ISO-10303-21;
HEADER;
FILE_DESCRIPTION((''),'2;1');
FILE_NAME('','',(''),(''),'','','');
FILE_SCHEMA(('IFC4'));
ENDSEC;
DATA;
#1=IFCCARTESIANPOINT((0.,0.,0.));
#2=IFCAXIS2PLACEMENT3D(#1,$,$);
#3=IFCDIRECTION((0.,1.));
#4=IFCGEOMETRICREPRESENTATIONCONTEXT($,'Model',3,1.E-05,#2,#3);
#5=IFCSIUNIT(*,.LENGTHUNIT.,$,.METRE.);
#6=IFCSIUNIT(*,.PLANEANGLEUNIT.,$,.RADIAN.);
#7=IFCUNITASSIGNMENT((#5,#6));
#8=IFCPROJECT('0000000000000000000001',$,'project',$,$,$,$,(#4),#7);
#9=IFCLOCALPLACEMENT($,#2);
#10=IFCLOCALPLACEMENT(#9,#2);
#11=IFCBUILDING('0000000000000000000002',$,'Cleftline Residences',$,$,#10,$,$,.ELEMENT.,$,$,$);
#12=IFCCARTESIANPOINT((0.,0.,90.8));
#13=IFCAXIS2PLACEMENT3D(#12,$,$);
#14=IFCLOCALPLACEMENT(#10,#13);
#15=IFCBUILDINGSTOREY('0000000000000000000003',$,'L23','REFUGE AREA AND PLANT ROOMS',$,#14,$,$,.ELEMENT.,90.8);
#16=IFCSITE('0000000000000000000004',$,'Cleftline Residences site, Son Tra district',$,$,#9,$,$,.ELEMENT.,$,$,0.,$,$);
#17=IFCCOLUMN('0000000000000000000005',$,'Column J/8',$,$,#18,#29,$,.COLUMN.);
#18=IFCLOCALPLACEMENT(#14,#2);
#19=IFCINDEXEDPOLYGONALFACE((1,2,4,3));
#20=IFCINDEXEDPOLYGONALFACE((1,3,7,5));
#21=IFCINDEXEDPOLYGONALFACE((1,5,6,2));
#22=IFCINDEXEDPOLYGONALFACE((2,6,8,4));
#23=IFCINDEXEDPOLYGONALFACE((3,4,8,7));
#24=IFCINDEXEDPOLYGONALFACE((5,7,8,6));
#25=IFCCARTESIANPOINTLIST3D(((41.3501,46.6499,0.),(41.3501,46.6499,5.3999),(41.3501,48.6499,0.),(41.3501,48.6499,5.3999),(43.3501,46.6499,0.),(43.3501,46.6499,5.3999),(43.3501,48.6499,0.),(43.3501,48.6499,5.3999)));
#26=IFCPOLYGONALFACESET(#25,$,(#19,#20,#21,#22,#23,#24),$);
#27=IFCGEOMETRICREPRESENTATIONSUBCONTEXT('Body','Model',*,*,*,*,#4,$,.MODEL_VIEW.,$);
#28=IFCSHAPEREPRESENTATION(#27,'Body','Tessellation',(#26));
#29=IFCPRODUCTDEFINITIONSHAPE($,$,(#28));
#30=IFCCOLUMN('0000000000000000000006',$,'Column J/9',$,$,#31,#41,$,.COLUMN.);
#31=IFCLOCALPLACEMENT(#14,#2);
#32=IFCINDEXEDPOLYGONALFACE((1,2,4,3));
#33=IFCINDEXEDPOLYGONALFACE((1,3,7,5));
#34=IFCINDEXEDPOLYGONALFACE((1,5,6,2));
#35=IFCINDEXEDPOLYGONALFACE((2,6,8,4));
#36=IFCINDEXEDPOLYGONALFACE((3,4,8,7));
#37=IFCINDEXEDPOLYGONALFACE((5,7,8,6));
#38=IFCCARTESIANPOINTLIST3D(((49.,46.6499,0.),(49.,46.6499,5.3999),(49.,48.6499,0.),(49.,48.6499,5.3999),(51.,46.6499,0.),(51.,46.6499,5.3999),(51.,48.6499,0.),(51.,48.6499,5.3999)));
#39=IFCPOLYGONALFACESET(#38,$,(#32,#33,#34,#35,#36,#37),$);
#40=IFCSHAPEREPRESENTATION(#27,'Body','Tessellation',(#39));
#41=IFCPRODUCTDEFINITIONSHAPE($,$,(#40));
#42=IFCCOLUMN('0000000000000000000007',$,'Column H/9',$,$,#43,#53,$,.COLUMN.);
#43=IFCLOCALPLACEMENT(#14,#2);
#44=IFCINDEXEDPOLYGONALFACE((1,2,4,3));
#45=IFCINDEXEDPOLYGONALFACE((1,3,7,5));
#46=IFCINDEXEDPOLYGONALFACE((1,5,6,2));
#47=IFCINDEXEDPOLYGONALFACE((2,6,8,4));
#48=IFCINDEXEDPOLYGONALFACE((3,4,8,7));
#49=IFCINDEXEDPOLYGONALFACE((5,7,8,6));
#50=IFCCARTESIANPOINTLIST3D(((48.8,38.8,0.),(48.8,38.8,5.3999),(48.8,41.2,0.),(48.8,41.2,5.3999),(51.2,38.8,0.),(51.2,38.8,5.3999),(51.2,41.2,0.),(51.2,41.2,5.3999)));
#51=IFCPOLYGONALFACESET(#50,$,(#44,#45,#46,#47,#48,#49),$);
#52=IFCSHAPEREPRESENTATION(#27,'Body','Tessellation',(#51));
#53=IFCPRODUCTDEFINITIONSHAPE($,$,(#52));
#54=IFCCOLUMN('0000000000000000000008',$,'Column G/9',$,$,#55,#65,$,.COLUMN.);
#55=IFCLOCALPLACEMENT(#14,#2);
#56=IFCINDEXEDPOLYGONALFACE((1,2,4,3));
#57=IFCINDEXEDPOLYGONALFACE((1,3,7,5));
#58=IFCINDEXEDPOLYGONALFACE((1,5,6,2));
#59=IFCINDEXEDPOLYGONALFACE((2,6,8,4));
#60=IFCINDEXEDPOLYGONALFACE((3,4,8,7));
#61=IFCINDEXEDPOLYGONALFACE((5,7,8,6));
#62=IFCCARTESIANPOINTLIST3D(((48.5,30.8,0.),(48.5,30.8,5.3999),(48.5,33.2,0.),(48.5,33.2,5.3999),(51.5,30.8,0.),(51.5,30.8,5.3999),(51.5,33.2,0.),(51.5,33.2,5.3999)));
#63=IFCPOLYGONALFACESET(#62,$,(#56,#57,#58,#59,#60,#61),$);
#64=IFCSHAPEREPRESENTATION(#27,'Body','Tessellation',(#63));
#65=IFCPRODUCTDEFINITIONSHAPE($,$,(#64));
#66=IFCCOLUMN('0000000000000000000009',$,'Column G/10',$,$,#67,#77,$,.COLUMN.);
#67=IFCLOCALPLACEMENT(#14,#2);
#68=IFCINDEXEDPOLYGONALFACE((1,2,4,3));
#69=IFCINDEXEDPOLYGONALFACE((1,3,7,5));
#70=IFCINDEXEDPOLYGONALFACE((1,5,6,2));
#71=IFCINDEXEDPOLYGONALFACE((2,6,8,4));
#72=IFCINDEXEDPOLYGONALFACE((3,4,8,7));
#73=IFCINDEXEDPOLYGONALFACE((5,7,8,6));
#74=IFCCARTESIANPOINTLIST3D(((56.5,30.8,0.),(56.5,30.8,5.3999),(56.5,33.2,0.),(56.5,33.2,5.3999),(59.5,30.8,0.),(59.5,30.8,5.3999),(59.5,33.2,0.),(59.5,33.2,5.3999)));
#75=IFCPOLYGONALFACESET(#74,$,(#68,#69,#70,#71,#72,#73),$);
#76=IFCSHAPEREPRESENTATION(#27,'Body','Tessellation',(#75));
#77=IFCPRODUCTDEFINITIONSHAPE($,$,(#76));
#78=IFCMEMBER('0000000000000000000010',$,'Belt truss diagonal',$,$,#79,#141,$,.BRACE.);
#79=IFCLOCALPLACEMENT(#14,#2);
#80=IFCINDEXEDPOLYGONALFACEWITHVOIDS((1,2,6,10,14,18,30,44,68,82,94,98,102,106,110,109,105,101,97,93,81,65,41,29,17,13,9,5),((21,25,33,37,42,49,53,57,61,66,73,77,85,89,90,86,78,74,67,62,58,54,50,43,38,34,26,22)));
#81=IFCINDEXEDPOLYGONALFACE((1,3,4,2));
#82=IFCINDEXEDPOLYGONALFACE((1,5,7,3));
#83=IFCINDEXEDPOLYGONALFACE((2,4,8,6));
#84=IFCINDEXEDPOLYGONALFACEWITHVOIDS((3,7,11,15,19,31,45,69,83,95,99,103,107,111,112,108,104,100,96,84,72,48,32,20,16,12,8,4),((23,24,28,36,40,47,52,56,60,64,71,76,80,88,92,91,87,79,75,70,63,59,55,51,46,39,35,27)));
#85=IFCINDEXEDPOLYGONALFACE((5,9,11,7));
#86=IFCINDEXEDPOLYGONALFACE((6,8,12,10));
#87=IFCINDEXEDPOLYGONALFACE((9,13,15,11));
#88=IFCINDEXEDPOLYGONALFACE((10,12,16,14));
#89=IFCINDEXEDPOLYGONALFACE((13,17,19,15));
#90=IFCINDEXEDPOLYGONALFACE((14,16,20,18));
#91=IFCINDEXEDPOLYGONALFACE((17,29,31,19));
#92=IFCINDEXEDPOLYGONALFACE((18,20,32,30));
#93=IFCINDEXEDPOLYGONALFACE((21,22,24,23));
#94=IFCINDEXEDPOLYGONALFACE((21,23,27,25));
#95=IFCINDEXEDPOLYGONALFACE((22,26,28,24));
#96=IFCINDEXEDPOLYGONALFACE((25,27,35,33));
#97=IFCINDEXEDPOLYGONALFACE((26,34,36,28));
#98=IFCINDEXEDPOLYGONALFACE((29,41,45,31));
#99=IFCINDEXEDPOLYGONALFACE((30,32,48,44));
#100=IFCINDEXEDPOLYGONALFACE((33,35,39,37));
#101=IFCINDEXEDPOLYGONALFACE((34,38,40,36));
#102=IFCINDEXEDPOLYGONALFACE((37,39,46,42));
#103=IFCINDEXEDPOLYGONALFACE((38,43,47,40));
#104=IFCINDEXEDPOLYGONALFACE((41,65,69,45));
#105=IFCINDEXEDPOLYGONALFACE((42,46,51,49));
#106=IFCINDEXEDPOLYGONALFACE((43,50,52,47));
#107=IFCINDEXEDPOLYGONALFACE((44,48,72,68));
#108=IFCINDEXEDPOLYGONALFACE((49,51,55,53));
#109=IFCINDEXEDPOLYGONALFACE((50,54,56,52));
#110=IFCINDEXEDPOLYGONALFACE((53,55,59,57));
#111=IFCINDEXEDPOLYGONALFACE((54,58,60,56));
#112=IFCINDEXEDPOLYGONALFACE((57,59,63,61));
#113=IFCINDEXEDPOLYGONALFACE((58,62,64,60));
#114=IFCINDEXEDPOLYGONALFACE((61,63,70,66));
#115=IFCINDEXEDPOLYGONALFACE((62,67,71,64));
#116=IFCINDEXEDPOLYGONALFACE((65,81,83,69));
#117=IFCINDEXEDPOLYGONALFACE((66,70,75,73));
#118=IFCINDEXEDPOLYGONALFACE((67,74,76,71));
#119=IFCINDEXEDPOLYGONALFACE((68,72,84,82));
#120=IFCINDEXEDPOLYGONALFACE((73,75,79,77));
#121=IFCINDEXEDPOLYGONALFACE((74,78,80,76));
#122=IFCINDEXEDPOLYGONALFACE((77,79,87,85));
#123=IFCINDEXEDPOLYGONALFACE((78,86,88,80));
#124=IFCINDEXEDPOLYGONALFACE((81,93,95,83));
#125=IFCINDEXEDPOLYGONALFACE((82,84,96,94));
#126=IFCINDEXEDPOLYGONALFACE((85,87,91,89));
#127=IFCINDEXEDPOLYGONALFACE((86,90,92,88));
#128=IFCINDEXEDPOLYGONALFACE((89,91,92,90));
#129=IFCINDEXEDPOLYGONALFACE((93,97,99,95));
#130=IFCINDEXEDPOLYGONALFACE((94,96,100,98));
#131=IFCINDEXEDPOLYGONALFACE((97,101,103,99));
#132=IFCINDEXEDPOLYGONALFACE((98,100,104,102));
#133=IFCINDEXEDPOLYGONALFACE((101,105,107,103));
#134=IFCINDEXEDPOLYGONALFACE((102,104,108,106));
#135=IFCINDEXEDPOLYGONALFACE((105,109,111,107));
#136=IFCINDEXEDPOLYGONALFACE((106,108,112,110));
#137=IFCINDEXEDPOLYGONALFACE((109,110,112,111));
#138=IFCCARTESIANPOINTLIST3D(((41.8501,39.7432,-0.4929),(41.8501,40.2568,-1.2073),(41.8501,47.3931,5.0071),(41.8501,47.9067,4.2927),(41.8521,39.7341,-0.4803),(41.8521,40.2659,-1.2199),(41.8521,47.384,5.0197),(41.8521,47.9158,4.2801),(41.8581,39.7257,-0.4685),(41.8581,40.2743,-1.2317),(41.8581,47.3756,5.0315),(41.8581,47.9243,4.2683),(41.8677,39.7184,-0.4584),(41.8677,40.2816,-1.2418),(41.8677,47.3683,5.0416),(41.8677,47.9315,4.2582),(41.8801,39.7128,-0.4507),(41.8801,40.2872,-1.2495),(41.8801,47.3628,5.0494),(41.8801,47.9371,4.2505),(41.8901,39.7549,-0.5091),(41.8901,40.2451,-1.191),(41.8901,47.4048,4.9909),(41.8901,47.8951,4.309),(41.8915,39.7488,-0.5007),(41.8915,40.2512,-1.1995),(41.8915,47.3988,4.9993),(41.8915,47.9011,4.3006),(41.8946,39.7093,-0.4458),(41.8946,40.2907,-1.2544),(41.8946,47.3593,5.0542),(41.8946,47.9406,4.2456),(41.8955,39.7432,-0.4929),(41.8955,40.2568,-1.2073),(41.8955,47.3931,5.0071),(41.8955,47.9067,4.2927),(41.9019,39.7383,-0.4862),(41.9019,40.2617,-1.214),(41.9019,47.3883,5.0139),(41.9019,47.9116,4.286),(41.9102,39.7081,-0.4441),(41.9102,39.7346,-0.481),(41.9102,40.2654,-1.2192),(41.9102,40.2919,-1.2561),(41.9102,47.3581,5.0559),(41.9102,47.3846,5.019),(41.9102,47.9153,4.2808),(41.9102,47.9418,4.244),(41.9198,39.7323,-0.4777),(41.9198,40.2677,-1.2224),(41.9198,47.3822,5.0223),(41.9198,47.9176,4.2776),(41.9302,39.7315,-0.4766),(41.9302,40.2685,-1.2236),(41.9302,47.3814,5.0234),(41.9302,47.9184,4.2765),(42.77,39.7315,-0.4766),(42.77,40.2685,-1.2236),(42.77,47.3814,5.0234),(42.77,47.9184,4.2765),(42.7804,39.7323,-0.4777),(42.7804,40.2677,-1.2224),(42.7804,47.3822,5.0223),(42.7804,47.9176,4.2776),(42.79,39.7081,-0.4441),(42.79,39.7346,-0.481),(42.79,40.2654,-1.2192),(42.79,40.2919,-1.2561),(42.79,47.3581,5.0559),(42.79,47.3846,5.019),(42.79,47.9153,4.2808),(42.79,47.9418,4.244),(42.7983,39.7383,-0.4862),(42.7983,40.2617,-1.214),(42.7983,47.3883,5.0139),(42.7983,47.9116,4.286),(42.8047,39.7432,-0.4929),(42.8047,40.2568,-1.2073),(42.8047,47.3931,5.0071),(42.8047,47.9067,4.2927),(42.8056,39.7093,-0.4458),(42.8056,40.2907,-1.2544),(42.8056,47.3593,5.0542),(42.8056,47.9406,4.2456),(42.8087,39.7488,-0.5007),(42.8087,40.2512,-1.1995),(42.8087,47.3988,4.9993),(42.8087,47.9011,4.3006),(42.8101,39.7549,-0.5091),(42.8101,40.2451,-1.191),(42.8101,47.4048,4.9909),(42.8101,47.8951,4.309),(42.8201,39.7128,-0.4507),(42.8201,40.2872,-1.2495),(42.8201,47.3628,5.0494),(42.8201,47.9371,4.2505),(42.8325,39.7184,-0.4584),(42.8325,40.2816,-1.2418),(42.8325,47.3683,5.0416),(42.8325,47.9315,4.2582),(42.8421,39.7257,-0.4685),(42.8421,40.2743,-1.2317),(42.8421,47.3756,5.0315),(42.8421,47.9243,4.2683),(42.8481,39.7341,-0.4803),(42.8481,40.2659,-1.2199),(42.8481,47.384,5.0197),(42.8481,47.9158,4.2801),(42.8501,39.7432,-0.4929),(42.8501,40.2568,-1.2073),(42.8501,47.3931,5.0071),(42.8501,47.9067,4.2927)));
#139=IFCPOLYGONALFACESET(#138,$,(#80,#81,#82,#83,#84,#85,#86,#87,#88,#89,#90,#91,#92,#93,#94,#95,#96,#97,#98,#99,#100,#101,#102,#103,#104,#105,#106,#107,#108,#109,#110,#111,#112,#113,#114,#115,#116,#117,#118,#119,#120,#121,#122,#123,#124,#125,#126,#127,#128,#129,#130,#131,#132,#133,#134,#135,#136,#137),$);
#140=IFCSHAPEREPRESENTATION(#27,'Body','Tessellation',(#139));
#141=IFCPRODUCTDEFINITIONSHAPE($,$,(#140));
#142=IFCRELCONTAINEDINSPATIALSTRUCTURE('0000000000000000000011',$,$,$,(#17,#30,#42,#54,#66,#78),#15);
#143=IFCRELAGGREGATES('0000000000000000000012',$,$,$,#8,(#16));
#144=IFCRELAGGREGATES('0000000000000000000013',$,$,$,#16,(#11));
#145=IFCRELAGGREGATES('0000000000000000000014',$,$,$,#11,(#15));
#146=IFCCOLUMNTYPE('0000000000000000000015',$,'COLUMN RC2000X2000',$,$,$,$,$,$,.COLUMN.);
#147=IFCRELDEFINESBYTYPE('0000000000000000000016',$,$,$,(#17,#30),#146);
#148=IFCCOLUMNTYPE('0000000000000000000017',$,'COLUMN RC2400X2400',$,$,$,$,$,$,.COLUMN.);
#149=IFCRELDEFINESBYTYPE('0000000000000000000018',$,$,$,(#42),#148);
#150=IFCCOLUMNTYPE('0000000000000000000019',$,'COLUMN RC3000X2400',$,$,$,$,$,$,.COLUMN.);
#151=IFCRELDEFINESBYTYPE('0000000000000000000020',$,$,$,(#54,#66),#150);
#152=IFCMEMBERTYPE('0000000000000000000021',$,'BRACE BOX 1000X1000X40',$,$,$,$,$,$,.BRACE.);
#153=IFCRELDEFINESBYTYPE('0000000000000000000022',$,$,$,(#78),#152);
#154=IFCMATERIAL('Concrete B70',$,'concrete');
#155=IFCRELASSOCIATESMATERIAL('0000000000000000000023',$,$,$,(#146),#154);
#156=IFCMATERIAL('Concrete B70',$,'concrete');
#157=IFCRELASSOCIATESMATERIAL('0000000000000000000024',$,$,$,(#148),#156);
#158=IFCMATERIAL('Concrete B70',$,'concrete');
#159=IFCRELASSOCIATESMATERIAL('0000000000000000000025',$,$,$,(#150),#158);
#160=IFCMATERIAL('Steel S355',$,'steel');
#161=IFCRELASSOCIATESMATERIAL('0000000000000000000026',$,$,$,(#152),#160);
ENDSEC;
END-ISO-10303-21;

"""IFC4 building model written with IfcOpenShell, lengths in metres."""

from ifc_helpers import new_model, si_unit, direction, frame, origin, origin_2d, place, context, subcontext, project, spatial, rectangle, hollow_rectangle, extrude, material, material_profile, profile_set, type_object, element, save


model = new_model("IFC4")

# Units and contexts
model_context = context("Model", 3, precision=1e-05, world=origin(), true_north=direction((0.0, 1.0)))
body_context = subcontext(model_context, "Body", "Model", "MODEL_VIEW")
ifc_project = project(units=[si_unit("LENGTHUNIT", "METRE"), si_unit("PLANEANGLEUNIT", "RADIAN")], contexts=[model_context])

# Site, building, storey
site_placement = place(None, origin())
site = spatial("IfcSite", under=ifc_project, at=site_placement, Name="Cleftline Residences site, Son Tra district", CompositionType="ELEMENT", RefElevation=0.0)
building_placement = place(site_placement, origin())
building = spatial("IfcBuilding", under=site, at=building_placement, Name="Cleftline Residences", CompositionType="ELEMENT")
storey_placement = place(building_placement, frame((0.0, 0.0, 90.8)))
storey = spatial("IfcBuildingStorey", under=building, at=storey_placement, Name="L23", Description="REFUGE AREA AND PLANT ROOMS", CompositionType="ELEMENT", Elevation=90.8)

# Columns
ifc_material_1 = material(Name="Concrete B70", Category="concrete")
ifc_material_profile_1 = material_profile(ifc_material_1, rectangle(XDim=2.0, YDim=2.0, at=origin_2d()))
ifc_profile_set_1 = profile_set([ifc_material_profile_1], Name="Concrete B70")
column_type_1 = type_object("IfcColumnType", Name="COLUMN RC2000X2000", PredefinedType="COLUMN", material=ifc_profile_set_1)
for number, where, z_axis, x_axis, name in (
    (1, (42.3501, 47.6499, 0.0), (0.0, 0.0, 1.0), (1.0, 0.0, 0.0), "Column J/8"),
    (2, (50.0, 47.6499, 0.0), (0.0, 0.0, 1.0), (1.0, 0.0, 0.0), "Column J/9"),
):
    element("IfcColumn", number, at=place(storey_placement, frame(where, z_axis=z_axis, x_axis=x_axis)), inside=storey, type_object=column_type_1, Name=name, PredefinedType="COLUMN", context=body_context, shape_type="SweptSolid", body=[
        extrude(rectangle(XDim=2.0, YDim=2.0, at=origin_2d()), origin(), (0.0, 0.0, 1.0), 5.3999),
    ])
ifc_material_2 = material(Name="Concrete B70", Category="concrete")
ifc_material_profile_2 = material_profile(ifc_material_2, rectangle(XDim=2.3999, YDim=2.3999, at=origin_2d()))
ifc_profile_set_2 = profile_set([ifc_material_profile_2], Name="Concrete B70")
column_type_2 = type_object("IfcColumnType", Name="COLUMN RC2400X2400", PredefinedType="COLUMN", material=ifc_profile_set_2)
column_placement = place(storey_placement, frame((50.0, 40.0, 0.0), z_axis=(0.0, 0.0, 1.0), x_axis=(1.0, 0.0, 0.0)))
element("IfcColumn", 3, at=column_placement, inside=storey, type_object=column_type_2, Name="Column H/9", PredefinedType="COLUMN", context=body_context, shape_type="SweptSolid", body=[
    extrude(rectangle(XDim=2.3999, YDim=2.3999, at=origin_2d()), origin(), (0.0, 0.0, 1.0), 5.3999),
])
ifc_material_3 = material(Name="Concrete B70", Category="concrete")
ifc_material_profile_3 = material_profile(ifc_material_3, rectangle(XDim=3.0, YDim=2.3999, at=origin_2d()))
ifc_profile_set_3 = profile_set([ifc_material_profile_3], Name="Concrete B70")
column_type_3 = type_object("IfcColumnType", Name="COLUMN RC3000X2400", PredefinedType="COLUMN", material=ifc_profile_set_3)
for number, where, z_axis, x_axis, name in (
    (4, (50.0, 32.0, 0.0), (0.0, 0.0, 1.0), (1.0, 0.0, 0.0), "Column G/9"),
    (5, (58.0, 32.0, 0.0), (0.0, 0.0, 1.0), (1.0, 0.0, 0.0), "Column G/10"),
):
    element("IfcColumn", number, at=place(storey_placement, frame(where, z_axis=z_axis, x_axis=x_axis)), inside=storey, type_object=column_type_3, Name=name, PredefinedType="COLUMN", context=body_context, shape_type="SweptSolid", body=[
        extrude(rectangle(XDim=3.0, YDim=2.3999, at=origin_2d()), origin(), (0.0, 0.0, 1.0), 5.3999),
    ])

# Member
ifc_material_4 = material(Name="Steel S355", Category="steel")
ifc_material_profile_4 = material_profile(ifc_material_4, hollow_rectangle(XDim=1.0, YDim=1.0, WallThickness=0.04, InnerFilletRadius=0.04, OuterFilletRadius=0.0601, at=origin_2d()))
ifc_profile_set_4 = profile_set([ifc_material_profile_4], Name="Steel S355")
member_type_1 = type_object("IfcMemberType", Name="BRACE BOX 1000X1000X40", PredefinedType="BRACE", material=ifc_profile_set_4)
member_1_placement = place(storey_placement, frame((42.3501, 40.0, -0.8501), z_axis=(0.0, 0.811933, 0.58375), x_axis=(0.0, -0.58375, 0.811933)))
element("IfcMember", 6, at=member_1_placement, inside=storey, type_object=member_type_1, Name="Belt truss diagonal", PredefinedType="BRACE", context=body_context, shape_type="SweptSolid", body=[
    extrude(hollow_rectangle(XDim=1.0, YDim=1.0, WallThickness=0.04, InnerFilletRadius=0.04, OuterFilletRadius=0.0601, at=origin_2d()), origin(), (0.0, 0.0, 1.0), 9.4219),
])

save(model, "model.ifc")
